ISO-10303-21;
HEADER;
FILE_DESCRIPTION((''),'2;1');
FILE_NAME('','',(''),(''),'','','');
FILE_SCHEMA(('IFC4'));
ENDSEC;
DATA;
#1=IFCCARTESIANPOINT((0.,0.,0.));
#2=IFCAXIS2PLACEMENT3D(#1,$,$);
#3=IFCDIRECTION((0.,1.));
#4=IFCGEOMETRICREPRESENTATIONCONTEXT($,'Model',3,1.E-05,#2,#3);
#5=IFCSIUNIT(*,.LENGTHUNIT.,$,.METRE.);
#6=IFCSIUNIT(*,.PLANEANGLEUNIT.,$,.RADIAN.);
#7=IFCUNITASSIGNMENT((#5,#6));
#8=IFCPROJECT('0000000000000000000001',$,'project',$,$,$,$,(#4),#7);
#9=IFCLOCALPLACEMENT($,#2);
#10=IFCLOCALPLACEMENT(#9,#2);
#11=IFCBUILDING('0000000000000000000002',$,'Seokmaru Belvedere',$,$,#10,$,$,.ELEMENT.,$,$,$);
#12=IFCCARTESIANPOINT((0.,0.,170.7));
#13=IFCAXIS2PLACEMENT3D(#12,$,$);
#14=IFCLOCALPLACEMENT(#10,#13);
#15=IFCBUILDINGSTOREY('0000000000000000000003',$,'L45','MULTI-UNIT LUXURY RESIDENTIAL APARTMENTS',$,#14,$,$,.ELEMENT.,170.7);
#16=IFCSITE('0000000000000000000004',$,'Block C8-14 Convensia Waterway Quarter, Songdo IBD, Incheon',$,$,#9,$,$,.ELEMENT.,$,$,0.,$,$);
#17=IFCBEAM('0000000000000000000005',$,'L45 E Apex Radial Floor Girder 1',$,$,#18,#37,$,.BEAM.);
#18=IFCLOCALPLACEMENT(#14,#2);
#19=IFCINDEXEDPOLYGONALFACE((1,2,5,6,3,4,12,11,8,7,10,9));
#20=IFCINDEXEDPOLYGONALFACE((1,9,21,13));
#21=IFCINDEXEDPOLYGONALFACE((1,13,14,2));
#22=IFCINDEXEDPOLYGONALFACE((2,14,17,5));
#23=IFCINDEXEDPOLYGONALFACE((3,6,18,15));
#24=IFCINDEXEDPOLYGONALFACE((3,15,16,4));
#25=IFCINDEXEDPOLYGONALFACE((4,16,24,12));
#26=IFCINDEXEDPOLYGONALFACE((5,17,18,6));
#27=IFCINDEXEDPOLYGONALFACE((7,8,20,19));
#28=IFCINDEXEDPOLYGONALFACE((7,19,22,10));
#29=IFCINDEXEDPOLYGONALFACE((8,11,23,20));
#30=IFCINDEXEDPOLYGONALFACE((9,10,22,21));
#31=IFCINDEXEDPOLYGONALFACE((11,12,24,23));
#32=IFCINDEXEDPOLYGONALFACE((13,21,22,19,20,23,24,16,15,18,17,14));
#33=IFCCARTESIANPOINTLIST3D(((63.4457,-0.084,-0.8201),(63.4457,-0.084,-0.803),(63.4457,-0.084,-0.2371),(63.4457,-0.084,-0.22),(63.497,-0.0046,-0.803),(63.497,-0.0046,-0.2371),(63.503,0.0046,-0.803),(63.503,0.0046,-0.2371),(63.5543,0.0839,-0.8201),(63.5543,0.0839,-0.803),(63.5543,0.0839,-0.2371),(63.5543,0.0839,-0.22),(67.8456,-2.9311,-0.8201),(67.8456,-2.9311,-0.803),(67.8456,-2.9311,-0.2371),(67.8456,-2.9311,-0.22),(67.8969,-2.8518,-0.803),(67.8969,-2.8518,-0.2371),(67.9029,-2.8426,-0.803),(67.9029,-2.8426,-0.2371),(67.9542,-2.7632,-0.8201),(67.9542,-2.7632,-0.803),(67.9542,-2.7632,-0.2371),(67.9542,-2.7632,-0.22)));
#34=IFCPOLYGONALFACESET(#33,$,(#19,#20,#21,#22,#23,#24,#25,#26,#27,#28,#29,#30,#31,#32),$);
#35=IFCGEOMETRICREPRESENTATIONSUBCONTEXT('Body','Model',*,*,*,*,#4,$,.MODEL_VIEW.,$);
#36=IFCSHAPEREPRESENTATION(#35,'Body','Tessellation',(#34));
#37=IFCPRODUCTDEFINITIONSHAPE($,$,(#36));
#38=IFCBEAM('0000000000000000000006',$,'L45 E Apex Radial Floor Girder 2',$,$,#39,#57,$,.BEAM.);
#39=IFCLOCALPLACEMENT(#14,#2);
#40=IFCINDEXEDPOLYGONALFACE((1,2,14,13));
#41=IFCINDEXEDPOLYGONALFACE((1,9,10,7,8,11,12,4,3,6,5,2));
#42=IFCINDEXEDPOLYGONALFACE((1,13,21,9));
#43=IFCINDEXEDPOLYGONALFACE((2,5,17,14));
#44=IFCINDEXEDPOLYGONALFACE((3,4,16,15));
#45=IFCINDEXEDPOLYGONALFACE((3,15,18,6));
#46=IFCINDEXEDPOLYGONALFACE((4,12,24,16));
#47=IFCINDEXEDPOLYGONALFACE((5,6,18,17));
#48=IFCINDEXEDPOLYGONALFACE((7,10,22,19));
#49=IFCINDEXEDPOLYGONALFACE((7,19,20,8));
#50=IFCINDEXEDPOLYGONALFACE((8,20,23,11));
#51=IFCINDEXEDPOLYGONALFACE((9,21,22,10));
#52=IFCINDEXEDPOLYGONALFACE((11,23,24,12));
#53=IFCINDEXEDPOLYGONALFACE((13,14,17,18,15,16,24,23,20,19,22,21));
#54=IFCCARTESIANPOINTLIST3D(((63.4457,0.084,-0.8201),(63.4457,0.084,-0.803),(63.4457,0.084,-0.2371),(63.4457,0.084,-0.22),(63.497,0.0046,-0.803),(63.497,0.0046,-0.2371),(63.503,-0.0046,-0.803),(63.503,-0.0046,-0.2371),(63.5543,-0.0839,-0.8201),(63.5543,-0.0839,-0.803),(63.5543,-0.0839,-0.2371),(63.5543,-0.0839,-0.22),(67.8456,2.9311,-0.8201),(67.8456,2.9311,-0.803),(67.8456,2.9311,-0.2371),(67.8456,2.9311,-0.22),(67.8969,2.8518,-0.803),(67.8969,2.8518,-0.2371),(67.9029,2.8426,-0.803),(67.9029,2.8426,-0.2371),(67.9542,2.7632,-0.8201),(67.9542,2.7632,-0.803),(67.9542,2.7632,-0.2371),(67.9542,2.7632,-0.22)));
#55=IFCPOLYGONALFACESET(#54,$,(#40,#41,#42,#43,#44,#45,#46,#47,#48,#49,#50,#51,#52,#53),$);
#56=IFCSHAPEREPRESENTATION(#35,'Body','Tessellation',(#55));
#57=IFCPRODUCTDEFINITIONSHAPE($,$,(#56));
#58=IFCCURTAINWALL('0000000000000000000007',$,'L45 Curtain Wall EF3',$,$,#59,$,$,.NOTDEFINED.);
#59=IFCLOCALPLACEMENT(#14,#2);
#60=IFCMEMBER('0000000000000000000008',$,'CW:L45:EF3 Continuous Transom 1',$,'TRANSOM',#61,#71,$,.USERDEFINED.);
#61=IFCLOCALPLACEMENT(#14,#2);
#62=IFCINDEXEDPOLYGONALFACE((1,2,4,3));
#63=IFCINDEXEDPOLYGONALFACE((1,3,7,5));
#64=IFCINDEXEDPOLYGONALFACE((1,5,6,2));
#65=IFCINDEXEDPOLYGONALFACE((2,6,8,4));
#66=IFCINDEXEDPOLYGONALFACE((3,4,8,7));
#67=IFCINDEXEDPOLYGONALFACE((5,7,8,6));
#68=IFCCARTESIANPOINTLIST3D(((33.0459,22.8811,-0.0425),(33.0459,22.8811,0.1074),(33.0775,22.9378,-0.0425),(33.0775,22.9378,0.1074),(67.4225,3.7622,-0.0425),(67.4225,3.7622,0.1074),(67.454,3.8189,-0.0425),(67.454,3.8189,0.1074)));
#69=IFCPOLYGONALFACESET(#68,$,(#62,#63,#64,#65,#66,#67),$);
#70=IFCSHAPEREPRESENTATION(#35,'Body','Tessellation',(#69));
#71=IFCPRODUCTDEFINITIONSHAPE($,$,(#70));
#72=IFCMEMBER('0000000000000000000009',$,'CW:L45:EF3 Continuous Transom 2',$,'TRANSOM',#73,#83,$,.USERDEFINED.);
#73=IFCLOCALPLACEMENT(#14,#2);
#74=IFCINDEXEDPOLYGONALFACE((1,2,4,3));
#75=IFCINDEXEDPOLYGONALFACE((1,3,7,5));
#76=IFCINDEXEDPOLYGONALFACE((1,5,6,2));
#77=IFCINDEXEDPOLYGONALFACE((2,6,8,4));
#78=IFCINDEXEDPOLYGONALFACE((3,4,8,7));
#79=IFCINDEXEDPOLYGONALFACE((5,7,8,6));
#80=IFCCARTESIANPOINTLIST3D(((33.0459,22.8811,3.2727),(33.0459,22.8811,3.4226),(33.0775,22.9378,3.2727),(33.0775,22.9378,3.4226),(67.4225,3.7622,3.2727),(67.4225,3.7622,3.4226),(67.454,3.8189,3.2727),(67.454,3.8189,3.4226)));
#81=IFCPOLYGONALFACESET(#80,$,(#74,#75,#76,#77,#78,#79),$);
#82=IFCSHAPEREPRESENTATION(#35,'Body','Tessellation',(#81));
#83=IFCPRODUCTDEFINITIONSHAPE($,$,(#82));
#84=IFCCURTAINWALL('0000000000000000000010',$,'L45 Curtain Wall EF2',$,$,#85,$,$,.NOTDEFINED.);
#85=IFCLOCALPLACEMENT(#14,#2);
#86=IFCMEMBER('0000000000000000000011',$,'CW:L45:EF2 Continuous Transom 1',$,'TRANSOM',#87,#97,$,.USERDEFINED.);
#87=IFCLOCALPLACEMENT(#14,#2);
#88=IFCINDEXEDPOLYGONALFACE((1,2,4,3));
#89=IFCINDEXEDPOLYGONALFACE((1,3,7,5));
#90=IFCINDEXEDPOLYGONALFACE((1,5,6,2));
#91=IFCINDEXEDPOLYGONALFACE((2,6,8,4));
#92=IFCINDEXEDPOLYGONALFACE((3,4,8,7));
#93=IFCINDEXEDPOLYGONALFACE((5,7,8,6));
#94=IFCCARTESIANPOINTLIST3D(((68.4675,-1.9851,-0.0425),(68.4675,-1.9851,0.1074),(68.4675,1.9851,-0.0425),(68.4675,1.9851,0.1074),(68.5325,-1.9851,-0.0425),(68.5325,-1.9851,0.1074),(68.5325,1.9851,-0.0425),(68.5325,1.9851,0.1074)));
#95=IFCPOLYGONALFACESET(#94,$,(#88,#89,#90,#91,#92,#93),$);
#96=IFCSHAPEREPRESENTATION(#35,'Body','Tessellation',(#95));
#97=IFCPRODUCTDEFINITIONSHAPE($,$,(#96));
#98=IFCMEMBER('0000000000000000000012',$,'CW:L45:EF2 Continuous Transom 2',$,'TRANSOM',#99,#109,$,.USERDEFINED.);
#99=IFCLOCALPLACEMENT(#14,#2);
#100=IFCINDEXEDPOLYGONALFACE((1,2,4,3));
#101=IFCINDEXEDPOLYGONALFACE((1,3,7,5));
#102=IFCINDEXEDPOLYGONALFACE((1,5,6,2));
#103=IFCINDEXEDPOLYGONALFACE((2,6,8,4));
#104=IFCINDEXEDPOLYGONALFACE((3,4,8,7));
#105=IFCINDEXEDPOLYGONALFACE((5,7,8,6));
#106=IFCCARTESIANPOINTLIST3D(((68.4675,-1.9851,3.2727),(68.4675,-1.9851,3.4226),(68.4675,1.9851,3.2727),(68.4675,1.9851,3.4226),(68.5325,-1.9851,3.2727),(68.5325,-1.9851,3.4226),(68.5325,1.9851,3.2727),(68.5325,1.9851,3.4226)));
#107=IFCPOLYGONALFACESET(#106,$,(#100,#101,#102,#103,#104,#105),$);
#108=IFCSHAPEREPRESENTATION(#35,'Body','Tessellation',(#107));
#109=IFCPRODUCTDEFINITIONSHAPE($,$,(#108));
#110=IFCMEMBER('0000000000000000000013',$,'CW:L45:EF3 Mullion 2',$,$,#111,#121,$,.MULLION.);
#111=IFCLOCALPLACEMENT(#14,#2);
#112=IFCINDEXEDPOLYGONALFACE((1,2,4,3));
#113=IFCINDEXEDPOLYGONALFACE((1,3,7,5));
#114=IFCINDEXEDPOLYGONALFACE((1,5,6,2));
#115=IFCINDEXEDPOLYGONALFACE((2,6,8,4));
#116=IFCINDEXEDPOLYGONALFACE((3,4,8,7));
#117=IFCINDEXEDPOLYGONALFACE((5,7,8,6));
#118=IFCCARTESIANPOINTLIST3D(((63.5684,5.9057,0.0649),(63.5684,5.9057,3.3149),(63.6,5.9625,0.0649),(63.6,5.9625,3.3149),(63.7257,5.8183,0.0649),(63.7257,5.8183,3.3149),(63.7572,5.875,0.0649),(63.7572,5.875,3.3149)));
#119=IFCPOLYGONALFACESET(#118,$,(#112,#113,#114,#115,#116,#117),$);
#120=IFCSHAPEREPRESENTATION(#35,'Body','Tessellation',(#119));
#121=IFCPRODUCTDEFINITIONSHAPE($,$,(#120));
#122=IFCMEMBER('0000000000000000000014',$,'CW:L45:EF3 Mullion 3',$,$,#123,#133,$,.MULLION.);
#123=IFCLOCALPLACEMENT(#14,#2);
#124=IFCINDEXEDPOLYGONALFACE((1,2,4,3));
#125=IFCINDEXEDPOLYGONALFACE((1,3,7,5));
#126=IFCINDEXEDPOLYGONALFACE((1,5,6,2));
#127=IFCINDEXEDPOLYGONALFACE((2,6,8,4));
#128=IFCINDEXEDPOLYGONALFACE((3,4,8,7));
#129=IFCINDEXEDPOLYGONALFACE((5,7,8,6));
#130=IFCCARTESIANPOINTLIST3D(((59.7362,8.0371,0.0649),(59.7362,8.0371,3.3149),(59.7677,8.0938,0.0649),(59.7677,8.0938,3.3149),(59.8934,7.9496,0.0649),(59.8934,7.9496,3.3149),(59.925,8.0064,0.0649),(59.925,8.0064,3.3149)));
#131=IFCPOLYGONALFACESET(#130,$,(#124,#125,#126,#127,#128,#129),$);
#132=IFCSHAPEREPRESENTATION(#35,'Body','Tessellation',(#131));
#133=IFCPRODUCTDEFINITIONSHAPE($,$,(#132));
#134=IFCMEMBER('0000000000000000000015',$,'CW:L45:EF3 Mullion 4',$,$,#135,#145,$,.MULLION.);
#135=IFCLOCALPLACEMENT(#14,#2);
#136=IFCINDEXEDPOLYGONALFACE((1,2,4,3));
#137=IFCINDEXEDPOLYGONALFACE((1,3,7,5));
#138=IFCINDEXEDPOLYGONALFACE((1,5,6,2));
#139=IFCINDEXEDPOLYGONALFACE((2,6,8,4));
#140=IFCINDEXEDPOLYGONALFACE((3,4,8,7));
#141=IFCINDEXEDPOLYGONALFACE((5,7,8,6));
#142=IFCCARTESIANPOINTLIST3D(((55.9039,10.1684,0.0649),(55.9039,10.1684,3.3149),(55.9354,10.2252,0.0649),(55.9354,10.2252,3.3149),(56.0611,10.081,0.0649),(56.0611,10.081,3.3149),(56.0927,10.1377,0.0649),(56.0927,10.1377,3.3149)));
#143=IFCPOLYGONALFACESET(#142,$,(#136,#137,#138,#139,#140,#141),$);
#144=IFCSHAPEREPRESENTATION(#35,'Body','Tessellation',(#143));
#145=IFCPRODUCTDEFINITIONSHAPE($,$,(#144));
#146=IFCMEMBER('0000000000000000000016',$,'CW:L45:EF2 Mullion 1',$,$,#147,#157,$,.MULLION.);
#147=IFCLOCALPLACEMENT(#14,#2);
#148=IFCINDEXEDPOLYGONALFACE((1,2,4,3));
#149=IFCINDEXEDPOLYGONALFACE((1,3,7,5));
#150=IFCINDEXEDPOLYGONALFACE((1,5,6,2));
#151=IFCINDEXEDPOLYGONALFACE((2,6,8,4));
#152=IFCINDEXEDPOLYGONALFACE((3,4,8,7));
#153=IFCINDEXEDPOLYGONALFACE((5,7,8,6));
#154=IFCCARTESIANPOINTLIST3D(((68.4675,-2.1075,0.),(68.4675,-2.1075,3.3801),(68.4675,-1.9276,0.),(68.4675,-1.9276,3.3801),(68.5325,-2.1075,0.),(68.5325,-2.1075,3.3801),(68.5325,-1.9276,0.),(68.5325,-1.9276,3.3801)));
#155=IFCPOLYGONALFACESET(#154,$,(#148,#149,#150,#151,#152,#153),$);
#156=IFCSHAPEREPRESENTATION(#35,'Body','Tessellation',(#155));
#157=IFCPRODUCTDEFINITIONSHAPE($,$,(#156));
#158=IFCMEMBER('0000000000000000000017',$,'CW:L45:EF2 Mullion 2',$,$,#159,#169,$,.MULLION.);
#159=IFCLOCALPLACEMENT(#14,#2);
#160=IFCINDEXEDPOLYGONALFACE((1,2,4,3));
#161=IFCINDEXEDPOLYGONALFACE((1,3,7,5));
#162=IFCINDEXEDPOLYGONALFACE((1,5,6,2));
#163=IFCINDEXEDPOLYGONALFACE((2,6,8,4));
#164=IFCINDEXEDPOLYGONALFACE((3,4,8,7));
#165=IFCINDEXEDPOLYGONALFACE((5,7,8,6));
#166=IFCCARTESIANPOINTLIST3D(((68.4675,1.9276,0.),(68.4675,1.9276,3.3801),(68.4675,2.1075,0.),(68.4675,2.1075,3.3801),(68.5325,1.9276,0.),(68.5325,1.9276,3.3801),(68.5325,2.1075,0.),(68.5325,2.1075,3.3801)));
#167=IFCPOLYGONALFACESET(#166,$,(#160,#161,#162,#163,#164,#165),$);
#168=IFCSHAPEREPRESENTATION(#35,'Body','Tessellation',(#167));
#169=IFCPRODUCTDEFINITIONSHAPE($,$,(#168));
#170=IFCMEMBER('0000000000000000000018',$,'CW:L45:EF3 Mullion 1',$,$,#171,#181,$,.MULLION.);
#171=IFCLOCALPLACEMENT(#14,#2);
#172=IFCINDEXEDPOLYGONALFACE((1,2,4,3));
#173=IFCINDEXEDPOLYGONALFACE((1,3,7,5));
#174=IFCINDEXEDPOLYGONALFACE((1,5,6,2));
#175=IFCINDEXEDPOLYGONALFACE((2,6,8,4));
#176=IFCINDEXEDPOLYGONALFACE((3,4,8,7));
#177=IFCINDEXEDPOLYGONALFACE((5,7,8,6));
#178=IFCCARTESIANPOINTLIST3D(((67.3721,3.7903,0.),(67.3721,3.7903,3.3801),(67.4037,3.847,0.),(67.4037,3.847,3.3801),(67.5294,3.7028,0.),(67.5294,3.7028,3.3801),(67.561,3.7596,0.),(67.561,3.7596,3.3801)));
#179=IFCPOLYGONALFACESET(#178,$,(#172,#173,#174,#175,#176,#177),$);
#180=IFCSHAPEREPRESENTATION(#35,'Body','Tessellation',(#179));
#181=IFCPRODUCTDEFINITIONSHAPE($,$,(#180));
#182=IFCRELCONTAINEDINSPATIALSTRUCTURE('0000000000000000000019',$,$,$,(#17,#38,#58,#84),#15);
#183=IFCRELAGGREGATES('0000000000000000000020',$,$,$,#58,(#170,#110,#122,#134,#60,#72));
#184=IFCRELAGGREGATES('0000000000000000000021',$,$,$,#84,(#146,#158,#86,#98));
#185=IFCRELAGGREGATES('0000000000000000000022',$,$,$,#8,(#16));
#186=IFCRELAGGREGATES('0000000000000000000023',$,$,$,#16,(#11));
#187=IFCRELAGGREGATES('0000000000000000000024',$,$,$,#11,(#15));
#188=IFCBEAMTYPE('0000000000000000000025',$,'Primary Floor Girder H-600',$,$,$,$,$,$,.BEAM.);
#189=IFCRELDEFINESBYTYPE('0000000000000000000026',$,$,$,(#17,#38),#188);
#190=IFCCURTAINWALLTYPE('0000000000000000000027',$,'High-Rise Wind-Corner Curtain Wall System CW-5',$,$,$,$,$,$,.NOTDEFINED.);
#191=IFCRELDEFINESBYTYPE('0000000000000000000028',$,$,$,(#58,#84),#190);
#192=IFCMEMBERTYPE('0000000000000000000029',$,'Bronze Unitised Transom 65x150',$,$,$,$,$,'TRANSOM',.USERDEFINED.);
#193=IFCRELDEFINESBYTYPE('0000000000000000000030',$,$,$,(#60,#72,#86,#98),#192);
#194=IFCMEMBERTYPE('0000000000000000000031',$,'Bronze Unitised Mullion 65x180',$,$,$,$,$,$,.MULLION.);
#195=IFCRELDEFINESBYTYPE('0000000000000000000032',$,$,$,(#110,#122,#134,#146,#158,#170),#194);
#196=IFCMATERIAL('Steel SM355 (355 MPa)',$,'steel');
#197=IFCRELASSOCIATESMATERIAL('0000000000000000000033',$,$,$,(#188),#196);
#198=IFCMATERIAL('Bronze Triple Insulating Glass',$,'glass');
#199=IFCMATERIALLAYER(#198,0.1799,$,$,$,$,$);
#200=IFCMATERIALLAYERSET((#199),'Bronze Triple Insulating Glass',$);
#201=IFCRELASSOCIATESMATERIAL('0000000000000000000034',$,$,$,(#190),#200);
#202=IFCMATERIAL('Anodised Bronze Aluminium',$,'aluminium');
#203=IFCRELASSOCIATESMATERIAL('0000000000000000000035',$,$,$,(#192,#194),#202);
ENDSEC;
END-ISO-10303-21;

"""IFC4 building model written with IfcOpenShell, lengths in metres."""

from ifc_helpers import new_model, si_unit, direction, frame, origin, origin_2d, place, context, subcontext, project, spatial, rectangle, i_section, extrude, source, transform, mapped, material, layer, layer_set, material_profile, profile_set, type_object, type_shapes, element, aggregate, save


model = new_model("IFC4")

# Units and contexts
model_context = context("Model", 3, precision=1e-05, world=origin(), true_north=direction((0.0, 1.0)))
body_context = subcontext(model_context, "Body", "Model", "MODEL_VIEW")
ifc_project = project(units=[si_unit("LENGTHUNIT", "METRE"), si_unit("PLANEANGLEUNIT", "RADIAN")], contexts=[model_context])

# Site, building, storey
site_placement = place(None, origin())
site = spatial("IfcSite", under=ifc_project, at=site_placement, Name="Block C8-14 Convensia Waterway Quarter, Songdo IBD, Incheon", CompositionType="ELEMENT", RefElevation=0.0)
building_placement = place(site_placement, origin())
building = spatial("IfcBuilding", under=site, at=building_placement, Name="Seokmaru Belvedere", CompositionType="ELEMENT")
storey_placement = place(building_placement, frame((0.0, 0.0, 170.7)))
storey = spatial("IfcBuildingStorey", under=building, at=storey_placement, Name="L45", Description="MULTI-UNIT LUXURY RESIDENTIAL APARTMENTS", CompositionType="ELEMENT", Elevation=170.7)

# Shared definitions
ifc_material_1 = material(Name="Steel SM355 (355 MPa)", Category="steel")

# Beams
ifc_material_profile_1 = material_profile(ifc_material_1, i_section(OverallWidth=0.2, OverallDepth=0.6001, WebThickness=0.011, FlangeThickness=0.0171, at=origin_2d()), Name="H-600x200x11x17")
ifc_profile_set_1 = profile_set([ifc_material_profile_1], Name="Steel SM355 (355 MPa)")
beam_type_1 = type_object("IfcBeamType", Name="Primary Floor Girder H-600", PredefinedType="BEAM", material=ifc_profile_set_1)
shared_shape_1 = source(origin(), body_context, "Body", "SweptSolid", [
    extrude(i_section(OverallWidth=0.2, OverallDepth=0.6001, WebThickness=0.011, FlangeThickness=0.0171, at=origin_2d()), origin(), (0.0, 0.0, 1.0), 5.2407),
])
for number, where, z_axis, x_axis, name in (
    (1, (67.8999, -2.8472, -0.52), (-0.839555, 0.543274, 0.0), (-0.543274, -0.839555, 0.0), "L45 E Apex Radial Floor Girder 1"),
    (2, (67.8999, 2.8472, -0.52), (-0.839555, -0.543274, 0.0), (0.543274, -0.839555, 0.0), "L45 E Apex Radial Floor Girder 2"),
):
    element("IfcBeam", number, at=place(storey_placement, frame(where, z_axis=z_axis, x_axis=x_axis)), inside=storey, type_object=beam_type_1, Name=name, PredefinedType="BEAM", context=body_context, shape_type="MappedRepresentation", body=[
        mapped(shared_shape_1, transform((0.0, 0.0, 0.0), scale=1.0)),
    ])

# Curtain walls, members
ifc_material_2 = material(Name="Bronze Triple Insulating Glass", Category="glass")
ifc_layer_1 = layer(ifc_material_2, 0.1799)
ifc_layer_set_1 = layer_set([ifc_layer_1], Name="Bronze Triple Insulating Glass")
curtain_wall_type = type_object("IfcCurtainWallType", Name="High-Rise Wind-Corner Curtain Wall System CW-5", PredefinedType="NOTDEFINED", material=ifc_layer_set_1)
curtain_wall_1_placement = place(storey_placement, origin())
curtain_wall_1 = element("IfcCurtainWall", 3, at=curtain_wall_1_placement, inside=storey, type_object=curtain_wall_type, Name="L45 Curtain Wall EF3", PredefinedType="NOTDEFINED")
ifc_material_3 = material(Name="Anodised Bronze Aluminium", Category="aluminium")
ifc_material_profile_2 = material_profile(ifc_material_3, rectangle(XDim=0.0649, YDim=0.1499, at=origin_2d()), Name="CW-T-65x150")
ifc_profile_set_2 = profile_set([ifc_material_profile_2], Name="Anodised Bronze Aluminium")
member_type_1 = type_object("IfcMemberType", Name="Bronze Unitised Transom 65x150", ElementType="TRANSOM", PredefinedType="USERDEFINED", material=ifc_profile_set_2)
shared_shape_2 = source(origin(), body_context, "Body", "SweptSolid", [
    extrude(rectangle(XDim=0.0649, YDim=0.1499, at=origin_2d()), origin(), (0.0, 0.0, 1.0), 39.3354),
])
member_1_placement = place(storey_placement, frame((67.4382, 3.7905, 0.0325), z_axis=(-0.873932, 0.486048, 0.0), x_axis=(-0.486048, -0.873932, 0.0)))
member_1 = element("IfcMember", 4, at=member_1_placement, type_object=member_type_1, Name="CW:L45:EF3 Continuous Transom 1", ObjectType="TRANSOM", PredefinedType="USERDEFINED", context=body_context, shape_type="MappedRepresentation", body=[
    mapped(shared_shape_2, transform((0.0, 0.0, 0.0), scale=1.0)),
])
member_2_placement = place(storey_placement, frame((67.4382, 3.7905, 3.3477), z_axis=(-0.873932, 0.486048, 0.0), x_axis=(-0.486048, -0.873932, 0.0)))
member_2 = element("IfcMember", 5, at=member_2_placement, type_object=member_type_1, Name="CW:L45:EF3 Continuous Transom 2", ObjectType="TRANSOM", PredefinedType="USERDEFINED", context=body_context, shape_type="MappedRepresentation", body=[
    mapped(shared_shape_2, transform((0.0, 0.0, 0.0), scale=1.0)),
])
curtain_wall_2_placement = place(storey_placement, origin())
curtain_wall_2 = element("IfcCurtainWall", 6, at=curtain_wall_2_placement, inside=storey, type_object=curtain_wall_type, Name="L45 Curtain Wall EF2", PredefinedType="NOTDEFINED")
shared_shape_3 = source(origin(), body_context, "Body", "SweptSolid", [
    extrude(rectangle(XDim=0.0649, YDim=0.1499, at=origin_2d()), origin(), (0.0, 0.0, 1.0), 3.9702),
])
type_shapes(member_type_1, [shared_shape_2, shared_shape_3])
member_3_placement = place(storey_placement, frame((68.5, -1.9851, 0.0325), z_axis=(0.0, 1.0, 0.0), x_axis=(-1.0, 0.0, 0.0)))
member_3 = element("IfcMember", 7, at=member_3_placement, type_object=member_type_1, Name="CW:L45:EF2 Continuous Transom 1", ObjectType="TRANSOM", PredefinedType="USERDEFINED", context=body_context, shape_type="MappedRepresentation", body=[
    mapped(shared_shape_3, transform((0.0, 0.0, 0.0), scale=1.0)),
])
member_4_placement = place(storey_placement, frame((68.5, -1.9851, 3.3477), z_axis=(0.0, 1.0, 0.0), x_axis=(-1.0, 0.0, 0.0)))
member_4 = element("IfcMember", 8, at=member_4_placement, type_object=member_type_1, Name="CW:L45:EF2 Continuous Transom 2", ObjectType="TRANSOM", PredefinedType="USERDEFINED", context=body_context, shape_type="MappedRepresentation", body=[
    mapped(shared_shape_3, transform((0.0, 0.0, 0.0), scale=1.0)),
])

# Members
ifc_material_profile_3 = material_profile(ifc_material_3, rectangle(XDim=0.0649, YDim=0.1799, at=origin_2d()), Name="CW-M-65x180")
ifc_profile_set_3 = profile_set([ifc_material_profile_3], Name="Anodised Bronze Aluminium")
member_type_2 = type_object("IfcMemberType", Name="Bronze Unitised Mullion 65x180", PredefinedType="MULLION", material=ifc_profile_set_3)
shared_shape_4 = source(origin(), body_context, "Body", "SweptSolid", [
    extrude(rectangle(XDim=0.0649, YDim=0.1799, at=origin_2d()), origin(), (0.0, 0.0, 1.0), 3.25),
])
member_5_placement = place(storey_placement, frame((63.6628, 5.8904, 0.0649), z_axis=(0.0, 0.0, 1.0), x_axis=(-0.486047, -0.873933, 0.0)))
member_5 = element("IfcMember", 9, at=member_5_placement, type_object=member_type_2, Name="CW:L45:EF3 Mullion 2", PredefinedType="MULLION", context=body_context, shape_type="MappedRepresentation", body=[
    mapped(shared_shape_4, transform((0.0, 0.0, 0.0), scale=1.0)),
])
member_6_placement = place(storey_placement, frame((59.8306, 8.0217, 0.0649), z_axis=(0.0, 0.0, 1.0), x_axis=(-0.486047, -0.873933, 0.0)))
member_6 = element("IfcMember", 10, at=member_6_placement, type_object=member_type_2, Name="CW:L45:EF3 Mullion 3", PredefinedType="MULLION", context=body_context, shape_type="MappedRepresentation", body=[
    mapped(shared_shape_4, transform((0.0, 0.0, 0.0), scale=1.0)),
])
member_7_placement = place(storey_placement, frame((55.9983, 10.1531, 0.0649), z_axis=(0.0, 0.0, 1.0), x_axis=(-0.486047, -0.873933, 0.0)))
member_7 = element("IfcMember", 11, at=member_7_placement, type_object=member_type_2, Name="CW:L45:EF3 Mullion 4", PredefinedType="MULLION", context=body_context, shape_type="MappedRepresentation", body=[
    mapped(shared_shape_4, transform((0.0, 0.0, 0.0), scale=1.0)),
])
shared_shape_5 = source(origin(), body_context, "Body", "SweptSolid", [
    extrude(rectangle(XDim=0.0649, YDim=0.1799, at=origin_2d()), origin(), (0.0, 0.0, 1.0), 3.3801),
])
type_shapes(member_type_2, [shared_shape_4, shared_shape_5])
member_8_placement = place(storey_placement, frame((68.5, -2.0176, 0.0), z_axis=(0.0, 0.0, 1.0), x_axis=(-1.0, 0.0, 0.0)))
member_8 = element("IfcMember", 12, at=member_8_placement, type_object=member_type_2, Name="CW:L45:EF2 Mullion 1", PredefinedType="MULLION", context=body_context, shape_type="MappedRepresentation", body=[
    mapped(shared_shape_5, transform((0.0, 0.0, 0.0), scale=1.0)),
])
member_9_placement = place(storey_placement, frame((68.5, 2.0176, 0.0), z_axis=(0.0, 0.0, 1.0), x_axis=(-1.0, 0.0, 0.0)))
member_9 = element("IfcMember", 13, at=member_9_placement, type_object=member_type_2, Name="CW:L45:EF2 Mullion 2", PredefinedType="MULLION", context=body_context, shape_type="MappedRepresentation", body=[
    mapped(shared_shape_5, transform((0.0, 0.0, 0.0), scale=1.0)),
])
member_10_placement = place(storey_placement, frame((67.4666, 3.7749, 0.0), z_axis=(0.0, 0.0, 1.0), x_axis=(-0.486047, -0.873933, 0.0)))
member_10 = element("IfcMember", 14, at=member_10_placement, type_object=member_type_2, Name="CW:L45:EF3 Mullion 1", PredefinedType="MULLION", context=body_context, shape_type="MappedRepresentation", body=[
    mapped(shared_shape_5, transform((0.0, 0.0, 0.0), scale=1.0)),
])

aggregate(curtain_wall_1, [member_10, member_5, member_6, member_7, member_1, member_2])
aggregate(curtain_wall_2, [member_8, member_9, member_3, member_4])

save(model, "model.ifc")
